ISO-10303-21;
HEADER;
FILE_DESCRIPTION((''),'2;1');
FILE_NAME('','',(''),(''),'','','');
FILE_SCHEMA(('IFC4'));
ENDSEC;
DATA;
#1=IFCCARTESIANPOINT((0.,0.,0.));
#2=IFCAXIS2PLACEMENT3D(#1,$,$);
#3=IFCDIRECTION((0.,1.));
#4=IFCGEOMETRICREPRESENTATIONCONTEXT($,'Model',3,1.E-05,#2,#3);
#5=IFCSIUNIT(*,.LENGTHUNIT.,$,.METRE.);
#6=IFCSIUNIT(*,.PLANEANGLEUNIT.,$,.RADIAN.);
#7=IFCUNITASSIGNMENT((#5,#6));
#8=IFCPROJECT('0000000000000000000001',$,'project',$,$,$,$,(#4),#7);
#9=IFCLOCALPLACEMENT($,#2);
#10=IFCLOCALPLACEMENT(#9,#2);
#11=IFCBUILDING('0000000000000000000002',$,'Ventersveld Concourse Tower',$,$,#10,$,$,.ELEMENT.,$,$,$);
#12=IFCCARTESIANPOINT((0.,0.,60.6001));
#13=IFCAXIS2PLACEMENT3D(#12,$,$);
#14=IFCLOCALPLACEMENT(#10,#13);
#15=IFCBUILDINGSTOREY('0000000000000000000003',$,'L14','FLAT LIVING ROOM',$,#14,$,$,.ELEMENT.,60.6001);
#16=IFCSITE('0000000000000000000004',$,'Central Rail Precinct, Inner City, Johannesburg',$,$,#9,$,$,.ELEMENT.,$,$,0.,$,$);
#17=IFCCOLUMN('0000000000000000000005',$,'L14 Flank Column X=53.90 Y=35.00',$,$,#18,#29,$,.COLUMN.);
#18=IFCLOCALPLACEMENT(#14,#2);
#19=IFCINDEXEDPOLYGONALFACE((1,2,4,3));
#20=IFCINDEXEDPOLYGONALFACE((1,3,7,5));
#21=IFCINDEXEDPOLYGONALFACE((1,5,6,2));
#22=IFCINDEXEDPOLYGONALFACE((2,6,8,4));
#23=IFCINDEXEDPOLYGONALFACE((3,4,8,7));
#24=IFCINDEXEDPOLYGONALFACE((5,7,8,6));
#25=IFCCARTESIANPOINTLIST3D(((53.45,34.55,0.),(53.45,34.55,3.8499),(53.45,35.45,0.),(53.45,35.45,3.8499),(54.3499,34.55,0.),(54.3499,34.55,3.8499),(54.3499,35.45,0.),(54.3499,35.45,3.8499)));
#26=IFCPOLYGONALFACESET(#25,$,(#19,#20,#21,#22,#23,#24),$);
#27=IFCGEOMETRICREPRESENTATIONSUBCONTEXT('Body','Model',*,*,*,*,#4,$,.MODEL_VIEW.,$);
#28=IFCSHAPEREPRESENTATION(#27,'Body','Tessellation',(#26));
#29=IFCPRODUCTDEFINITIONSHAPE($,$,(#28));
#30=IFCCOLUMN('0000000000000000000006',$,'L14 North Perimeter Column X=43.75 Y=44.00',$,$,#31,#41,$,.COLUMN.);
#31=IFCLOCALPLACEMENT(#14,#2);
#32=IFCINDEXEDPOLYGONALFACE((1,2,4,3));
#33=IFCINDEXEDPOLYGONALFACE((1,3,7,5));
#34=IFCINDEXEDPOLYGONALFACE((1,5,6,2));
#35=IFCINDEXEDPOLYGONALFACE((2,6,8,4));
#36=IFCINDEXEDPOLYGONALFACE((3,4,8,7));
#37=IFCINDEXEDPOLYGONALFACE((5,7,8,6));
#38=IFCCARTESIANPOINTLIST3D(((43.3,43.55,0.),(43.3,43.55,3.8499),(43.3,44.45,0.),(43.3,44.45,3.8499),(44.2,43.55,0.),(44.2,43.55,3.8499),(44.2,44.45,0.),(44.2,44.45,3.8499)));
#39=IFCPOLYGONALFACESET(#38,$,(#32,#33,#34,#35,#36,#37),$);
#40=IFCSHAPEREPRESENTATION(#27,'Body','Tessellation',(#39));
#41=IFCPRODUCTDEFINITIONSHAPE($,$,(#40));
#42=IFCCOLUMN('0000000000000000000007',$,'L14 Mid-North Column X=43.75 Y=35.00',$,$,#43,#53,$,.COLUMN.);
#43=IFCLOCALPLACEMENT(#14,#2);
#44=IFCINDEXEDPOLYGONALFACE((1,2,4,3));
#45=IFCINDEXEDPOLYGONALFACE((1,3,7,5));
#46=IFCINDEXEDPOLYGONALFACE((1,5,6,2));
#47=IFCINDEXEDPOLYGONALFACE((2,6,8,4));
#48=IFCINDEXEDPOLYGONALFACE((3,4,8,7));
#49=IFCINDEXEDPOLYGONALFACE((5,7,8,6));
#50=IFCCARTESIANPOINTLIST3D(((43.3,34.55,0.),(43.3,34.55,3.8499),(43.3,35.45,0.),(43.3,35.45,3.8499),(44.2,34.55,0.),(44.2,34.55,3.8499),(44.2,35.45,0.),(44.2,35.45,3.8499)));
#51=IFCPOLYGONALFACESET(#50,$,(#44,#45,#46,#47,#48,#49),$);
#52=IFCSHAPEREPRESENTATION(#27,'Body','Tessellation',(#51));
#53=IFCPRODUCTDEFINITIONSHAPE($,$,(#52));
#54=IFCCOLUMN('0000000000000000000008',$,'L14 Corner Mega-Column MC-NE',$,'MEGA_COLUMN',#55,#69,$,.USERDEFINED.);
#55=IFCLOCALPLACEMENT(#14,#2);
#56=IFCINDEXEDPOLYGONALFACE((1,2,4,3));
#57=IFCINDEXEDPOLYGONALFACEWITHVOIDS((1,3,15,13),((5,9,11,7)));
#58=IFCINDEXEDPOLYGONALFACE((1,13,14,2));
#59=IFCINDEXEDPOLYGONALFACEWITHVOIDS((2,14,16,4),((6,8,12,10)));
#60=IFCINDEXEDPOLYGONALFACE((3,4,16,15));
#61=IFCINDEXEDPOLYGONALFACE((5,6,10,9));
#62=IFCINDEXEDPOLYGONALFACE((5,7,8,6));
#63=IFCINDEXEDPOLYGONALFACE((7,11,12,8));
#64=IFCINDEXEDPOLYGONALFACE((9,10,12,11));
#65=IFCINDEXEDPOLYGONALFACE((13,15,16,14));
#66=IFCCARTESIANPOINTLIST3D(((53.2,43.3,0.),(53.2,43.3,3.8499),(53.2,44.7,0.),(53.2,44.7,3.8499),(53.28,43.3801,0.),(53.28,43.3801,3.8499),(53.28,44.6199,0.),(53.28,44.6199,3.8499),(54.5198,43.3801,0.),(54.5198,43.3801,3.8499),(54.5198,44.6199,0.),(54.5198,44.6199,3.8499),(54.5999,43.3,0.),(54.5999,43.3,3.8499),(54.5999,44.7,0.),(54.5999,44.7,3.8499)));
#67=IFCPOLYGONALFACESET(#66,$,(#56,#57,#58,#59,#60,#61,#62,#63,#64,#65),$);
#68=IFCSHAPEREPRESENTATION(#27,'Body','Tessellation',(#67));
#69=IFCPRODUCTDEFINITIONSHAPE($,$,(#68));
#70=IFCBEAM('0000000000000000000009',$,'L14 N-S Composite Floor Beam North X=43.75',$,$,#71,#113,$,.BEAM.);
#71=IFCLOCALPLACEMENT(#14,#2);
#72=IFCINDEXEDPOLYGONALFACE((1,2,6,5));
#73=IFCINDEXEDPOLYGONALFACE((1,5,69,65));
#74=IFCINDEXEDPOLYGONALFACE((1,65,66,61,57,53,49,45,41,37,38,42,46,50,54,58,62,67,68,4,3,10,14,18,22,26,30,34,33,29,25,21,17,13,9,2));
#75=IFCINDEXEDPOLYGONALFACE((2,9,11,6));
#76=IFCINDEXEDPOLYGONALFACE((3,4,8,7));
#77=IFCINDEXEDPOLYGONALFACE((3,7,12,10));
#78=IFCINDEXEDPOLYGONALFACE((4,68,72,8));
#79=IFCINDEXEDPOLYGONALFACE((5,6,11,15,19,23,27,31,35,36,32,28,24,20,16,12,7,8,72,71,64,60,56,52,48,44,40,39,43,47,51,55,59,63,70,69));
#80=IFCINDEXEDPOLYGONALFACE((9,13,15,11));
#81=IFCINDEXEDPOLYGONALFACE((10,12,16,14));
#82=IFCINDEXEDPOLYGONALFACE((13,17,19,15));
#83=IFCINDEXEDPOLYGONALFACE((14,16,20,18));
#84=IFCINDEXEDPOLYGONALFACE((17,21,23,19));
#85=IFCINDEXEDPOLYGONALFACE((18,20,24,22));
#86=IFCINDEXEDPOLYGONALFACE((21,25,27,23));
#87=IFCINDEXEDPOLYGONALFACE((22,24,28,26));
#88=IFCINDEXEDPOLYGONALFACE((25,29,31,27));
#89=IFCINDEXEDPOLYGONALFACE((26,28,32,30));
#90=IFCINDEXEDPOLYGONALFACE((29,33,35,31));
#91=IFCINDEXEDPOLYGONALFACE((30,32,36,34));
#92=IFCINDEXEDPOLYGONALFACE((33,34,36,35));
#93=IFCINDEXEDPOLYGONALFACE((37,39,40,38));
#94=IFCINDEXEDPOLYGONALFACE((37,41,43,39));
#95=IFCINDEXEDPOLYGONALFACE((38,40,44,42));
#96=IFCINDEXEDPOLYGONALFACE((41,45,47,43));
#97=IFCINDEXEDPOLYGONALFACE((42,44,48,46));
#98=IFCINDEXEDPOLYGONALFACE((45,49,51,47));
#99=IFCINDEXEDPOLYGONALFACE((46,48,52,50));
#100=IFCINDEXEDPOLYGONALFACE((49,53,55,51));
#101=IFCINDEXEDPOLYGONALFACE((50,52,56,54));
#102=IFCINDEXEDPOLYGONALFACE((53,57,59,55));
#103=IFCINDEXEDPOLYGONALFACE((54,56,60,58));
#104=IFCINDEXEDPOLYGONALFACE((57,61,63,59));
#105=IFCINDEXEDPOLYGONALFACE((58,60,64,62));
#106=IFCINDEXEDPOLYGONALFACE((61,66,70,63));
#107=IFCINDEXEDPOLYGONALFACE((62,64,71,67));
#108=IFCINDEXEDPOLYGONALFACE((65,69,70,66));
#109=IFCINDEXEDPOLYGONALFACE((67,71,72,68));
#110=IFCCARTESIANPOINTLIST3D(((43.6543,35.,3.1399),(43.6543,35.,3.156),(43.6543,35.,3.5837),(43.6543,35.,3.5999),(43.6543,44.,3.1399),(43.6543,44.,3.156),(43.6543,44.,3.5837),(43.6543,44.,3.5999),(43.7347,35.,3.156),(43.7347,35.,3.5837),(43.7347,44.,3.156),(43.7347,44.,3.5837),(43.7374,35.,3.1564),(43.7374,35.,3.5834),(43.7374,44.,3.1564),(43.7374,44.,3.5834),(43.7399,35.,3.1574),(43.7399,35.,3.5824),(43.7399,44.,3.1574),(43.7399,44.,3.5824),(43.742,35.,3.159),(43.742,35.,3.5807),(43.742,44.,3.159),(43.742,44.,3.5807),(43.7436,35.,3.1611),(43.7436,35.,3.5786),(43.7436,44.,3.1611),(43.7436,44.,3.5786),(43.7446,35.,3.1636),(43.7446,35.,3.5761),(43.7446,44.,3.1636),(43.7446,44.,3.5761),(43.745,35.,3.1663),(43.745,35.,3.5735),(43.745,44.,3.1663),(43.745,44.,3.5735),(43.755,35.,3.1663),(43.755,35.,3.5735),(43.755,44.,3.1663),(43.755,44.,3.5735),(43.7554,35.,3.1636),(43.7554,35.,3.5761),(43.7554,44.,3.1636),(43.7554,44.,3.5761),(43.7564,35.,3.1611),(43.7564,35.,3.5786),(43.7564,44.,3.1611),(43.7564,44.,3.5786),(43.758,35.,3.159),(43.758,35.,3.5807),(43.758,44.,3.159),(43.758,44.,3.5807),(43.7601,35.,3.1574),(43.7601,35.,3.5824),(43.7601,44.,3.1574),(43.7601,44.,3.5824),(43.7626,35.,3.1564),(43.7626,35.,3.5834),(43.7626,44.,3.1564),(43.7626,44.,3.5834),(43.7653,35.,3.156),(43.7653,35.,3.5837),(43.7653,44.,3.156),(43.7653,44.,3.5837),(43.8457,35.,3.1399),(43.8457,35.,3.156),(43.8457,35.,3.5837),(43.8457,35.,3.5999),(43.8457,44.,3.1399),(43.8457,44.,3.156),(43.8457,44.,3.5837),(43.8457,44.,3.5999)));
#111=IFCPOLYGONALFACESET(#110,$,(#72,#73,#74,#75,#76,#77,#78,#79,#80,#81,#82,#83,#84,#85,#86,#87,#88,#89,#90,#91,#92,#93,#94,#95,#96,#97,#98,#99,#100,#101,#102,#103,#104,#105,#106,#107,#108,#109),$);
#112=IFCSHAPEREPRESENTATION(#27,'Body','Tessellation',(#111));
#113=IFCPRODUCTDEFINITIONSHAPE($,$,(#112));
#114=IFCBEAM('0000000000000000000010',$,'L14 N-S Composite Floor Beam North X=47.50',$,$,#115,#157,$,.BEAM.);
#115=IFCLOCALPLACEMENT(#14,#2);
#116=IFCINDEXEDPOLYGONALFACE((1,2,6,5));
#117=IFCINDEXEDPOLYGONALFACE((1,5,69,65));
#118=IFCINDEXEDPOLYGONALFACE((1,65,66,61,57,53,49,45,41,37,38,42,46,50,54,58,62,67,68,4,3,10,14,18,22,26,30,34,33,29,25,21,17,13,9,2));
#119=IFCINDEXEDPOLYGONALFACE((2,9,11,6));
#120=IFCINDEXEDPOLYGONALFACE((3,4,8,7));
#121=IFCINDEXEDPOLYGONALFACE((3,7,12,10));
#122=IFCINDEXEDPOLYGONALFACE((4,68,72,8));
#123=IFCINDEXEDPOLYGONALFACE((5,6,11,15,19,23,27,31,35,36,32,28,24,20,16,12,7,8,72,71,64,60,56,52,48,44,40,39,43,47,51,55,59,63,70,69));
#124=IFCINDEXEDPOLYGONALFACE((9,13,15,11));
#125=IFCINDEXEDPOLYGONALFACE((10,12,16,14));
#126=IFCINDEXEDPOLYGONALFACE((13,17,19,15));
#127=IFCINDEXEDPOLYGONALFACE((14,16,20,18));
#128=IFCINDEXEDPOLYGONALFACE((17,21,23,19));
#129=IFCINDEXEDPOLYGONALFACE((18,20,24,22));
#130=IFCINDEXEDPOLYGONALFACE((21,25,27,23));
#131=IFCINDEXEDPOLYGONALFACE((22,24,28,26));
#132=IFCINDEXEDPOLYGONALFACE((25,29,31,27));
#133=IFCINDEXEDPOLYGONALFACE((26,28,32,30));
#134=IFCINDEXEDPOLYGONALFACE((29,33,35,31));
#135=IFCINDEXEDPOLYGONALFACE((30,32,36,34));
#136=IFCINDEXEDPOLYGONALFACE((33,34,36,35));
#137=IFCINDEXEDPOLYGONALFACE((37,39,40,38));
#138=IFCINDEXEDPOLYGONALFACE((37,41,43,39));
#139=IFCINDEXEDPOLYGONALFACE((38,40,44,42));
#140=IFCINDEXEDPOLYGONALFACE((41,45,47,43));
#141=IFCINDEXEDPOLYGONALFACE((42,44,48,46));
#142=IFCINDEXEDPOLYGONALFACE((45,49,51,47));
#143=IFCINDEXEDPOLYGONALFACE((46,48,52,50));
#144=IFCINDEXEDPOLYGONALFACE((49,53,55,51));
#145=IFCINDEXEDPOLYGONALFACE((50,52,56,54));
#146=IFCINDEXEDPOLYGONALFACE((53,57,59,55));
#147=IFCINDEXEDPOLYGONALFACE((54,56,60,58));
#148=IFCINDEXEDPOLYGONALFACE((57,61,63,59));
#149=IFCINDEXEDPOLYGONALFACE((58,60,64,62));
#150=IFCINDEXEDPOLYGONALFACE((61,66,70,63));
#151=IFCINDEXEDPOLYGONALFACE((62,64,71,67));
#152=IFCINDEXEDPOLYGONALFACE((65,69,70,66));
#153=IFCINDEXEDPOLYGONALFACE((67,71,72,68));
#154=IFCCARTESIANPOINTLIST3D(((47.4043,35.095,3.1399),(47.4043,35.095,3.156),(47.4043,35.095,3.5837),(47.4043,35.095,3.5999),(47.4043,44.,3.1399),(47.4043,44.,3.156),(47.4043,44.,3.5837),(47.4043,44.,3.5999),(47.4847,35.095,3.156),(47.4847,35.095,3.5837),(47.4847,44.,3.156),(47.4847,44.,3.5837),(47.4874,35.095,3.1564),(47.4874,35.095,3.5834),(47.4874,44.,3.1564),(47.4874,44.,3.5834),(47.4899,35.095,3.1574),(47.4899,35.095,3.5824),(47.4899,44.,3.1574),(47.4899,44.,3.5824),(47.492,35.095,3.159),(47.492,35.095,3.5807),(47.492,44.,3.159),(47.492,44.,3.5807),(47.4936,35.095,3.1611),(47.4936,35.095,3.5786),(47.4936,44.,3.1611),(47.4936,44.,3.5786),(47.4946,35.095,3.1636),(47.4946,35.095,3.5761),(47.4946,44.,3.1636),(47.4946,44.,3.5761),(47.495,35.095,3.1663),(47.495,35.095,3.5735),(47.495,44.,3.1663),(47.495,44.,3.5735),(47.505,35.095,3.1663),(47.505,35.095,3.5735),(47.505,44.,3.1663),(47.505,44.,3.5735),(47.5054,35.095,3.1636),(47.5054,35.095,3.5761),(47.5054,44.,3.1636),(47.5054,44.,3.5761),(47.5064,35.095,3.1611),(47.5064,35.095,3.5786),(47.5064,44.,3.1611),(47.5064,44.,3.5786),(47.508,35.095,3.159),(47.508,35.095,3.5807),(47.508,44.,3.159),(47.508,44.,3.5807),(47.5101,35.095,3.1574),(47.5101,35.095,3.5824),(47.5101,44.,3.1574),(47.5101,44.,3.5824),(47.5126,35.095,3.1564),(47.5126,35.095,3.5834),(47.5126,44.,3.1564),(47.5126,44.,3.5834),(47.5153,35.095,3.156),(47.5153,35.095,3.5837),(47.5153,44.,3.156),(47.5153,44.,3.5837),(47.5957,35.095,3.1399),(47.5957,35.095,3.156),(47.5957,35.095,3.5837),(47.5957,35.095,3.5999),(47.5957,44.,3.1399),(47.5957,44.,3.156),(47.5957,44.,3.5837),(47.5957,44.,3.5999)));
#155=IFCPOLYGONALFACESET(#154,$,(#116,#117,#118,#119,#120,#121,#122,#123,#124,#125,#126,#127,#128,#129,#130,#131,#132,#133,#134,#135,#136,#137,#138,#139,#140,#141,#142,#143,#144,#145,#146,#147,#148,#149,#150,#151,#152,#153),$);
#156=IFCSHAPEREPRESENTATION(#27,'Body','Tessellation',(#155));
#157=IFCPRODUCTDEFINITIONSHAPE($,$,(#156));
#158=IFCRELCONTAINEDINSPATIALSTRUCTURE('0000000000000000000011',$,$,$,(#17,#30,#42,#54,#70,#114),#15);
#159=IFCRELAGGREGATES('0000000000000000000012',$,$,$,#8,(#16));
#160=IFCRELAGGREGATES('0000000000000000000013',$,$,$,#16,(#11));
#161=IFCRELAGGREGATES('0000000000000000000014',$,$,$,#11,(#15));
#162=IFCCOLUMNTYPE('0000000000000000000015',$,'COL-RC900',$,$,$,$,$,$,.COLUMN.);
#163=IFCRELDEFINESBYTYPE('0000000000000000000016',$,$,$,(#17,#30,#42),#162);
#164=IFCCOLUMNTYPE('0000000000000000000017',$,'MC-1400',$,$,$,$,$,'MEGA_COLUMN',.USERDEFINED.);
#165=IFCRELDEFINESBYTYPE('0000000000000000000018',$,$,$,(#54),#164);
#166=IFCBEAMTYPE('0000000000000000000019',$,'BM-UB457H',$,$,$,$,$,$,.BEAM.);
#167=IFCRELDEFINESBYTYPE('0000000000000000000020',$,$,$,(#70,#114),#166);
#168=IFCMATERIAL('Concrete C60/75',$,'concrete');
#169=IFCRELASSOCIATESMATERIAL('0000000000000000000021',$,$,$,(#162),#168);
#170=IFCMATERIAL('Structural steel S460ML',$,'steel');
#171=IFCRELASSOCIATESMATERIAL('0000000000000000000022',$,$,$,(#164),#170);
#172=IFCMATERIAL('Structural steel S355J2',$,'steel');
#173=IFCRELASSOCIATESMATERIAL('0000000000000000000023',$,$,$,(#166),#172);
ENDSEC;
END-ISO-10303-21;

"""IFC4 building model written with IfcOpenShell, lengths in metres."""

from ifc_helpers import new_model, si_unit, direction, frame, origin, origin_2d, place, context, subcontext, project, spatial, rectangle, hollow_rectangle, i_section, extrude, material, material_profile, profile_set, type_object, element, save


model = new_model("IFC4")

# Units and contexts
model_context = context("Model", 3, precision=1e-05, world=origin(), true_north=direction((0.0, 1.0)))
body_context = subcontext(model_context, "Body", "Model", "MODEL_VIEW")
ifc_project = project(units=[si_unit("LENGTHUNIT", "METRE"), si_unit("PLANEANGLEUNIT", "RADIAN")], contexts=[model_context])

# Site, building, storey
site_placement = place(None, origin())
site = spatial("IfcSite", under=ifc_project, at=site_placement, Name="Central Rail Precinct, Inner City, Johannesburg", CompositionType="ELEMENT", RefElevation=0.0)
building_placement = place(site_placement, origin())
building = spatial("IfcBuilding", under=site, at=building_placement, Name="Ventersveld Concourse Tower", CompositionType="ELEMENT")
storey_placement = place(building_placement, frame((0.0, 0.0, 60.6001)))
storey = spatial("IfcBuildingStorey", under=building, at=storey_placement, Name="L14", Description="FLAT LIVING ROOM", CompositionType="ELEMENT", Elevation=60.6001)

# Columns
ifc_material_1 = material(Name="Concrete C60/75", Category="concrete")
ifc_material_profile_1 = material_profile(ifc_material_1, rectangle(XDim=0.8999, YDim=0.8999, at=origin_2d()), Name="RC 900x900")
ifc_profile_set_1 = profile_set([ifc_material_profile_1], Name="Concrete C60/75")
column_type_1 = type_object("IfcColumnType", Name="COL-RC900", PredefinedType="COLUMN", material=ifc_profile_set_1)
for number, where, z_axis, x_axis, name in (
    (1, (53.8999, 35.0, 0.0), (0.0, 0.0, 1.0), (1.0, 0.0, 0.0), "L14 Flank Column X=53.90 Y=35.00"),
    (2, (43.75, 44.0, 0.0), (0.0, 0.0, 1.0), (1.0, 0.0, 0.0), "L14 North Perimeter Column X=43.75 Y=44.00"),
    (3, (43.75, 35.0, 0.0), (0.0, 0.0, 1.0), (1.0, 0.0, 0.0), "L14 Mid-North Column X=43.75 Y=35.00"),
):
    element("IfcColumn", number, at=place(storey_placement, frame(where, z_axis=z_axis, x_axis=x_axis)), inside=storey, type_object=column_type_1, Name=name, PredefinedType="COLUMN", context=body_context, shape_type="SweptSolid", body=[
        extrude(rectangle(XDim=0.8999, YDim=0.8999, at=origin_2d()), origin(), (0.0, 0.0, 1.0), 3.8499),
    ])
ifc_material_2 = material(Name="Structural steel S460ML", Category="steel")
ifc_material_profile_2 = material_profile(ifc_material_2, hollow_rectangle(XDim=1.3999, YDim=1.3999, WallThickness=0.0801, at=origin_2d()), Name="BOX 1400x1400x80")
ifc_profile_set_2 = profile_set([ifc_material_profile_2], Name="Structural steel S460ML")
column_type_2 = type_object("IfcColumnType", Name="MC-1400", ElementType="MEGA_COLUMN", PredefinedType="USERDEFINED", material=ifc_profile_set_2)
column_placement = place(storey_placement, frame((53.8999, 44.0, 0.0), z_axis=(0.0, 0.0, 1.0), x_axis=(1.0, 0.0, 0.0)))
element("IfcColumn", 4, at=column_placement, inside=storey, type_object=column_type_2, Name="L14 Corner Mega-Column MC-NE", ObjectType="MEGA_COLUMN", PredefinedType="USERDEFINED", context=body_context, shape_type="SweptSolid", body=[
    extrude(hollow_rectangle(XDim=1.3999, YDim=1.3999, WallThickness=0.0801, at=origin_2d()), origin(), (0.0, 0.0, 1.0), 3.8499),
])

# Beams
ifc_material_3 = material(Name="Structural steel S355J2", Category="steel")
ifc_material_profile_3 = material_profile(ifc_material_3, i_section(OverallWidth=0.1914, OverallDepth=0.46, WebThickness=0.01, FlangeThickness=0.0161, FilletRadius=0.0103, at=origin_2d()), Name="UB 457x191x82")
ifc_profile_set_3 = profile_set([ifc_material_profile_3], Name="Structural steel S355J2")
beam_type_1 = type_object("IfcBeamType", Name="BM-UB457H", PredefinedType="BEAM", material=ifc_profile_set_3)
beam_1_placement = place(storey_placement, frame((43.75, 35.0, 3.3699), z_axis=(0.0, 1.0, 0.0), x_axis=(-1.0, 0.0, 0.0)))
element("IfcBeam", 5, at=beam_1_placement, inside=storey, type_object=beam_type_1, Name="L14 N-S Composite Floor Beam North X=43.75", PredefinedType="BEAM", context=body_context, shape_type="SweptSolid", body=[
    extrude(i_section(OverallWidth=0.1914, OverallDepth=0.46, WebThickness=0.01, FlangeThickness=0.0161, FilletRadius=0.0103, at=origin_2d()), origin(), (0.0, 0.0, 1.0), 9.0),
])
beam_2_placement = place(storey_placement, frame((47.5, 35.095, 3.3699), z_axis=(0.0, 1.0, 0.0), x_axis=(-1.0, 0.0, 0.0)))
element("IfcBeam", 6, at=beam_2_placement, inside=storey, type_object=beam_type_1, Name="L14 N-S Composite Floor Beam North X=47.50", PredefinedType="BEAM", context=body_context, shape_type="SweptSolid", body=[
    extrude(i_section(OverallWidth=0.1914, OverallDepth=0.46, WebThickness=0.01, FlangeThickness=0.0161, FilletRadius=0.0103, at=origin_2d()), origin(), (0.0, 0.0, 1.0), 8.905),
])

save(model, "model.ifc")
